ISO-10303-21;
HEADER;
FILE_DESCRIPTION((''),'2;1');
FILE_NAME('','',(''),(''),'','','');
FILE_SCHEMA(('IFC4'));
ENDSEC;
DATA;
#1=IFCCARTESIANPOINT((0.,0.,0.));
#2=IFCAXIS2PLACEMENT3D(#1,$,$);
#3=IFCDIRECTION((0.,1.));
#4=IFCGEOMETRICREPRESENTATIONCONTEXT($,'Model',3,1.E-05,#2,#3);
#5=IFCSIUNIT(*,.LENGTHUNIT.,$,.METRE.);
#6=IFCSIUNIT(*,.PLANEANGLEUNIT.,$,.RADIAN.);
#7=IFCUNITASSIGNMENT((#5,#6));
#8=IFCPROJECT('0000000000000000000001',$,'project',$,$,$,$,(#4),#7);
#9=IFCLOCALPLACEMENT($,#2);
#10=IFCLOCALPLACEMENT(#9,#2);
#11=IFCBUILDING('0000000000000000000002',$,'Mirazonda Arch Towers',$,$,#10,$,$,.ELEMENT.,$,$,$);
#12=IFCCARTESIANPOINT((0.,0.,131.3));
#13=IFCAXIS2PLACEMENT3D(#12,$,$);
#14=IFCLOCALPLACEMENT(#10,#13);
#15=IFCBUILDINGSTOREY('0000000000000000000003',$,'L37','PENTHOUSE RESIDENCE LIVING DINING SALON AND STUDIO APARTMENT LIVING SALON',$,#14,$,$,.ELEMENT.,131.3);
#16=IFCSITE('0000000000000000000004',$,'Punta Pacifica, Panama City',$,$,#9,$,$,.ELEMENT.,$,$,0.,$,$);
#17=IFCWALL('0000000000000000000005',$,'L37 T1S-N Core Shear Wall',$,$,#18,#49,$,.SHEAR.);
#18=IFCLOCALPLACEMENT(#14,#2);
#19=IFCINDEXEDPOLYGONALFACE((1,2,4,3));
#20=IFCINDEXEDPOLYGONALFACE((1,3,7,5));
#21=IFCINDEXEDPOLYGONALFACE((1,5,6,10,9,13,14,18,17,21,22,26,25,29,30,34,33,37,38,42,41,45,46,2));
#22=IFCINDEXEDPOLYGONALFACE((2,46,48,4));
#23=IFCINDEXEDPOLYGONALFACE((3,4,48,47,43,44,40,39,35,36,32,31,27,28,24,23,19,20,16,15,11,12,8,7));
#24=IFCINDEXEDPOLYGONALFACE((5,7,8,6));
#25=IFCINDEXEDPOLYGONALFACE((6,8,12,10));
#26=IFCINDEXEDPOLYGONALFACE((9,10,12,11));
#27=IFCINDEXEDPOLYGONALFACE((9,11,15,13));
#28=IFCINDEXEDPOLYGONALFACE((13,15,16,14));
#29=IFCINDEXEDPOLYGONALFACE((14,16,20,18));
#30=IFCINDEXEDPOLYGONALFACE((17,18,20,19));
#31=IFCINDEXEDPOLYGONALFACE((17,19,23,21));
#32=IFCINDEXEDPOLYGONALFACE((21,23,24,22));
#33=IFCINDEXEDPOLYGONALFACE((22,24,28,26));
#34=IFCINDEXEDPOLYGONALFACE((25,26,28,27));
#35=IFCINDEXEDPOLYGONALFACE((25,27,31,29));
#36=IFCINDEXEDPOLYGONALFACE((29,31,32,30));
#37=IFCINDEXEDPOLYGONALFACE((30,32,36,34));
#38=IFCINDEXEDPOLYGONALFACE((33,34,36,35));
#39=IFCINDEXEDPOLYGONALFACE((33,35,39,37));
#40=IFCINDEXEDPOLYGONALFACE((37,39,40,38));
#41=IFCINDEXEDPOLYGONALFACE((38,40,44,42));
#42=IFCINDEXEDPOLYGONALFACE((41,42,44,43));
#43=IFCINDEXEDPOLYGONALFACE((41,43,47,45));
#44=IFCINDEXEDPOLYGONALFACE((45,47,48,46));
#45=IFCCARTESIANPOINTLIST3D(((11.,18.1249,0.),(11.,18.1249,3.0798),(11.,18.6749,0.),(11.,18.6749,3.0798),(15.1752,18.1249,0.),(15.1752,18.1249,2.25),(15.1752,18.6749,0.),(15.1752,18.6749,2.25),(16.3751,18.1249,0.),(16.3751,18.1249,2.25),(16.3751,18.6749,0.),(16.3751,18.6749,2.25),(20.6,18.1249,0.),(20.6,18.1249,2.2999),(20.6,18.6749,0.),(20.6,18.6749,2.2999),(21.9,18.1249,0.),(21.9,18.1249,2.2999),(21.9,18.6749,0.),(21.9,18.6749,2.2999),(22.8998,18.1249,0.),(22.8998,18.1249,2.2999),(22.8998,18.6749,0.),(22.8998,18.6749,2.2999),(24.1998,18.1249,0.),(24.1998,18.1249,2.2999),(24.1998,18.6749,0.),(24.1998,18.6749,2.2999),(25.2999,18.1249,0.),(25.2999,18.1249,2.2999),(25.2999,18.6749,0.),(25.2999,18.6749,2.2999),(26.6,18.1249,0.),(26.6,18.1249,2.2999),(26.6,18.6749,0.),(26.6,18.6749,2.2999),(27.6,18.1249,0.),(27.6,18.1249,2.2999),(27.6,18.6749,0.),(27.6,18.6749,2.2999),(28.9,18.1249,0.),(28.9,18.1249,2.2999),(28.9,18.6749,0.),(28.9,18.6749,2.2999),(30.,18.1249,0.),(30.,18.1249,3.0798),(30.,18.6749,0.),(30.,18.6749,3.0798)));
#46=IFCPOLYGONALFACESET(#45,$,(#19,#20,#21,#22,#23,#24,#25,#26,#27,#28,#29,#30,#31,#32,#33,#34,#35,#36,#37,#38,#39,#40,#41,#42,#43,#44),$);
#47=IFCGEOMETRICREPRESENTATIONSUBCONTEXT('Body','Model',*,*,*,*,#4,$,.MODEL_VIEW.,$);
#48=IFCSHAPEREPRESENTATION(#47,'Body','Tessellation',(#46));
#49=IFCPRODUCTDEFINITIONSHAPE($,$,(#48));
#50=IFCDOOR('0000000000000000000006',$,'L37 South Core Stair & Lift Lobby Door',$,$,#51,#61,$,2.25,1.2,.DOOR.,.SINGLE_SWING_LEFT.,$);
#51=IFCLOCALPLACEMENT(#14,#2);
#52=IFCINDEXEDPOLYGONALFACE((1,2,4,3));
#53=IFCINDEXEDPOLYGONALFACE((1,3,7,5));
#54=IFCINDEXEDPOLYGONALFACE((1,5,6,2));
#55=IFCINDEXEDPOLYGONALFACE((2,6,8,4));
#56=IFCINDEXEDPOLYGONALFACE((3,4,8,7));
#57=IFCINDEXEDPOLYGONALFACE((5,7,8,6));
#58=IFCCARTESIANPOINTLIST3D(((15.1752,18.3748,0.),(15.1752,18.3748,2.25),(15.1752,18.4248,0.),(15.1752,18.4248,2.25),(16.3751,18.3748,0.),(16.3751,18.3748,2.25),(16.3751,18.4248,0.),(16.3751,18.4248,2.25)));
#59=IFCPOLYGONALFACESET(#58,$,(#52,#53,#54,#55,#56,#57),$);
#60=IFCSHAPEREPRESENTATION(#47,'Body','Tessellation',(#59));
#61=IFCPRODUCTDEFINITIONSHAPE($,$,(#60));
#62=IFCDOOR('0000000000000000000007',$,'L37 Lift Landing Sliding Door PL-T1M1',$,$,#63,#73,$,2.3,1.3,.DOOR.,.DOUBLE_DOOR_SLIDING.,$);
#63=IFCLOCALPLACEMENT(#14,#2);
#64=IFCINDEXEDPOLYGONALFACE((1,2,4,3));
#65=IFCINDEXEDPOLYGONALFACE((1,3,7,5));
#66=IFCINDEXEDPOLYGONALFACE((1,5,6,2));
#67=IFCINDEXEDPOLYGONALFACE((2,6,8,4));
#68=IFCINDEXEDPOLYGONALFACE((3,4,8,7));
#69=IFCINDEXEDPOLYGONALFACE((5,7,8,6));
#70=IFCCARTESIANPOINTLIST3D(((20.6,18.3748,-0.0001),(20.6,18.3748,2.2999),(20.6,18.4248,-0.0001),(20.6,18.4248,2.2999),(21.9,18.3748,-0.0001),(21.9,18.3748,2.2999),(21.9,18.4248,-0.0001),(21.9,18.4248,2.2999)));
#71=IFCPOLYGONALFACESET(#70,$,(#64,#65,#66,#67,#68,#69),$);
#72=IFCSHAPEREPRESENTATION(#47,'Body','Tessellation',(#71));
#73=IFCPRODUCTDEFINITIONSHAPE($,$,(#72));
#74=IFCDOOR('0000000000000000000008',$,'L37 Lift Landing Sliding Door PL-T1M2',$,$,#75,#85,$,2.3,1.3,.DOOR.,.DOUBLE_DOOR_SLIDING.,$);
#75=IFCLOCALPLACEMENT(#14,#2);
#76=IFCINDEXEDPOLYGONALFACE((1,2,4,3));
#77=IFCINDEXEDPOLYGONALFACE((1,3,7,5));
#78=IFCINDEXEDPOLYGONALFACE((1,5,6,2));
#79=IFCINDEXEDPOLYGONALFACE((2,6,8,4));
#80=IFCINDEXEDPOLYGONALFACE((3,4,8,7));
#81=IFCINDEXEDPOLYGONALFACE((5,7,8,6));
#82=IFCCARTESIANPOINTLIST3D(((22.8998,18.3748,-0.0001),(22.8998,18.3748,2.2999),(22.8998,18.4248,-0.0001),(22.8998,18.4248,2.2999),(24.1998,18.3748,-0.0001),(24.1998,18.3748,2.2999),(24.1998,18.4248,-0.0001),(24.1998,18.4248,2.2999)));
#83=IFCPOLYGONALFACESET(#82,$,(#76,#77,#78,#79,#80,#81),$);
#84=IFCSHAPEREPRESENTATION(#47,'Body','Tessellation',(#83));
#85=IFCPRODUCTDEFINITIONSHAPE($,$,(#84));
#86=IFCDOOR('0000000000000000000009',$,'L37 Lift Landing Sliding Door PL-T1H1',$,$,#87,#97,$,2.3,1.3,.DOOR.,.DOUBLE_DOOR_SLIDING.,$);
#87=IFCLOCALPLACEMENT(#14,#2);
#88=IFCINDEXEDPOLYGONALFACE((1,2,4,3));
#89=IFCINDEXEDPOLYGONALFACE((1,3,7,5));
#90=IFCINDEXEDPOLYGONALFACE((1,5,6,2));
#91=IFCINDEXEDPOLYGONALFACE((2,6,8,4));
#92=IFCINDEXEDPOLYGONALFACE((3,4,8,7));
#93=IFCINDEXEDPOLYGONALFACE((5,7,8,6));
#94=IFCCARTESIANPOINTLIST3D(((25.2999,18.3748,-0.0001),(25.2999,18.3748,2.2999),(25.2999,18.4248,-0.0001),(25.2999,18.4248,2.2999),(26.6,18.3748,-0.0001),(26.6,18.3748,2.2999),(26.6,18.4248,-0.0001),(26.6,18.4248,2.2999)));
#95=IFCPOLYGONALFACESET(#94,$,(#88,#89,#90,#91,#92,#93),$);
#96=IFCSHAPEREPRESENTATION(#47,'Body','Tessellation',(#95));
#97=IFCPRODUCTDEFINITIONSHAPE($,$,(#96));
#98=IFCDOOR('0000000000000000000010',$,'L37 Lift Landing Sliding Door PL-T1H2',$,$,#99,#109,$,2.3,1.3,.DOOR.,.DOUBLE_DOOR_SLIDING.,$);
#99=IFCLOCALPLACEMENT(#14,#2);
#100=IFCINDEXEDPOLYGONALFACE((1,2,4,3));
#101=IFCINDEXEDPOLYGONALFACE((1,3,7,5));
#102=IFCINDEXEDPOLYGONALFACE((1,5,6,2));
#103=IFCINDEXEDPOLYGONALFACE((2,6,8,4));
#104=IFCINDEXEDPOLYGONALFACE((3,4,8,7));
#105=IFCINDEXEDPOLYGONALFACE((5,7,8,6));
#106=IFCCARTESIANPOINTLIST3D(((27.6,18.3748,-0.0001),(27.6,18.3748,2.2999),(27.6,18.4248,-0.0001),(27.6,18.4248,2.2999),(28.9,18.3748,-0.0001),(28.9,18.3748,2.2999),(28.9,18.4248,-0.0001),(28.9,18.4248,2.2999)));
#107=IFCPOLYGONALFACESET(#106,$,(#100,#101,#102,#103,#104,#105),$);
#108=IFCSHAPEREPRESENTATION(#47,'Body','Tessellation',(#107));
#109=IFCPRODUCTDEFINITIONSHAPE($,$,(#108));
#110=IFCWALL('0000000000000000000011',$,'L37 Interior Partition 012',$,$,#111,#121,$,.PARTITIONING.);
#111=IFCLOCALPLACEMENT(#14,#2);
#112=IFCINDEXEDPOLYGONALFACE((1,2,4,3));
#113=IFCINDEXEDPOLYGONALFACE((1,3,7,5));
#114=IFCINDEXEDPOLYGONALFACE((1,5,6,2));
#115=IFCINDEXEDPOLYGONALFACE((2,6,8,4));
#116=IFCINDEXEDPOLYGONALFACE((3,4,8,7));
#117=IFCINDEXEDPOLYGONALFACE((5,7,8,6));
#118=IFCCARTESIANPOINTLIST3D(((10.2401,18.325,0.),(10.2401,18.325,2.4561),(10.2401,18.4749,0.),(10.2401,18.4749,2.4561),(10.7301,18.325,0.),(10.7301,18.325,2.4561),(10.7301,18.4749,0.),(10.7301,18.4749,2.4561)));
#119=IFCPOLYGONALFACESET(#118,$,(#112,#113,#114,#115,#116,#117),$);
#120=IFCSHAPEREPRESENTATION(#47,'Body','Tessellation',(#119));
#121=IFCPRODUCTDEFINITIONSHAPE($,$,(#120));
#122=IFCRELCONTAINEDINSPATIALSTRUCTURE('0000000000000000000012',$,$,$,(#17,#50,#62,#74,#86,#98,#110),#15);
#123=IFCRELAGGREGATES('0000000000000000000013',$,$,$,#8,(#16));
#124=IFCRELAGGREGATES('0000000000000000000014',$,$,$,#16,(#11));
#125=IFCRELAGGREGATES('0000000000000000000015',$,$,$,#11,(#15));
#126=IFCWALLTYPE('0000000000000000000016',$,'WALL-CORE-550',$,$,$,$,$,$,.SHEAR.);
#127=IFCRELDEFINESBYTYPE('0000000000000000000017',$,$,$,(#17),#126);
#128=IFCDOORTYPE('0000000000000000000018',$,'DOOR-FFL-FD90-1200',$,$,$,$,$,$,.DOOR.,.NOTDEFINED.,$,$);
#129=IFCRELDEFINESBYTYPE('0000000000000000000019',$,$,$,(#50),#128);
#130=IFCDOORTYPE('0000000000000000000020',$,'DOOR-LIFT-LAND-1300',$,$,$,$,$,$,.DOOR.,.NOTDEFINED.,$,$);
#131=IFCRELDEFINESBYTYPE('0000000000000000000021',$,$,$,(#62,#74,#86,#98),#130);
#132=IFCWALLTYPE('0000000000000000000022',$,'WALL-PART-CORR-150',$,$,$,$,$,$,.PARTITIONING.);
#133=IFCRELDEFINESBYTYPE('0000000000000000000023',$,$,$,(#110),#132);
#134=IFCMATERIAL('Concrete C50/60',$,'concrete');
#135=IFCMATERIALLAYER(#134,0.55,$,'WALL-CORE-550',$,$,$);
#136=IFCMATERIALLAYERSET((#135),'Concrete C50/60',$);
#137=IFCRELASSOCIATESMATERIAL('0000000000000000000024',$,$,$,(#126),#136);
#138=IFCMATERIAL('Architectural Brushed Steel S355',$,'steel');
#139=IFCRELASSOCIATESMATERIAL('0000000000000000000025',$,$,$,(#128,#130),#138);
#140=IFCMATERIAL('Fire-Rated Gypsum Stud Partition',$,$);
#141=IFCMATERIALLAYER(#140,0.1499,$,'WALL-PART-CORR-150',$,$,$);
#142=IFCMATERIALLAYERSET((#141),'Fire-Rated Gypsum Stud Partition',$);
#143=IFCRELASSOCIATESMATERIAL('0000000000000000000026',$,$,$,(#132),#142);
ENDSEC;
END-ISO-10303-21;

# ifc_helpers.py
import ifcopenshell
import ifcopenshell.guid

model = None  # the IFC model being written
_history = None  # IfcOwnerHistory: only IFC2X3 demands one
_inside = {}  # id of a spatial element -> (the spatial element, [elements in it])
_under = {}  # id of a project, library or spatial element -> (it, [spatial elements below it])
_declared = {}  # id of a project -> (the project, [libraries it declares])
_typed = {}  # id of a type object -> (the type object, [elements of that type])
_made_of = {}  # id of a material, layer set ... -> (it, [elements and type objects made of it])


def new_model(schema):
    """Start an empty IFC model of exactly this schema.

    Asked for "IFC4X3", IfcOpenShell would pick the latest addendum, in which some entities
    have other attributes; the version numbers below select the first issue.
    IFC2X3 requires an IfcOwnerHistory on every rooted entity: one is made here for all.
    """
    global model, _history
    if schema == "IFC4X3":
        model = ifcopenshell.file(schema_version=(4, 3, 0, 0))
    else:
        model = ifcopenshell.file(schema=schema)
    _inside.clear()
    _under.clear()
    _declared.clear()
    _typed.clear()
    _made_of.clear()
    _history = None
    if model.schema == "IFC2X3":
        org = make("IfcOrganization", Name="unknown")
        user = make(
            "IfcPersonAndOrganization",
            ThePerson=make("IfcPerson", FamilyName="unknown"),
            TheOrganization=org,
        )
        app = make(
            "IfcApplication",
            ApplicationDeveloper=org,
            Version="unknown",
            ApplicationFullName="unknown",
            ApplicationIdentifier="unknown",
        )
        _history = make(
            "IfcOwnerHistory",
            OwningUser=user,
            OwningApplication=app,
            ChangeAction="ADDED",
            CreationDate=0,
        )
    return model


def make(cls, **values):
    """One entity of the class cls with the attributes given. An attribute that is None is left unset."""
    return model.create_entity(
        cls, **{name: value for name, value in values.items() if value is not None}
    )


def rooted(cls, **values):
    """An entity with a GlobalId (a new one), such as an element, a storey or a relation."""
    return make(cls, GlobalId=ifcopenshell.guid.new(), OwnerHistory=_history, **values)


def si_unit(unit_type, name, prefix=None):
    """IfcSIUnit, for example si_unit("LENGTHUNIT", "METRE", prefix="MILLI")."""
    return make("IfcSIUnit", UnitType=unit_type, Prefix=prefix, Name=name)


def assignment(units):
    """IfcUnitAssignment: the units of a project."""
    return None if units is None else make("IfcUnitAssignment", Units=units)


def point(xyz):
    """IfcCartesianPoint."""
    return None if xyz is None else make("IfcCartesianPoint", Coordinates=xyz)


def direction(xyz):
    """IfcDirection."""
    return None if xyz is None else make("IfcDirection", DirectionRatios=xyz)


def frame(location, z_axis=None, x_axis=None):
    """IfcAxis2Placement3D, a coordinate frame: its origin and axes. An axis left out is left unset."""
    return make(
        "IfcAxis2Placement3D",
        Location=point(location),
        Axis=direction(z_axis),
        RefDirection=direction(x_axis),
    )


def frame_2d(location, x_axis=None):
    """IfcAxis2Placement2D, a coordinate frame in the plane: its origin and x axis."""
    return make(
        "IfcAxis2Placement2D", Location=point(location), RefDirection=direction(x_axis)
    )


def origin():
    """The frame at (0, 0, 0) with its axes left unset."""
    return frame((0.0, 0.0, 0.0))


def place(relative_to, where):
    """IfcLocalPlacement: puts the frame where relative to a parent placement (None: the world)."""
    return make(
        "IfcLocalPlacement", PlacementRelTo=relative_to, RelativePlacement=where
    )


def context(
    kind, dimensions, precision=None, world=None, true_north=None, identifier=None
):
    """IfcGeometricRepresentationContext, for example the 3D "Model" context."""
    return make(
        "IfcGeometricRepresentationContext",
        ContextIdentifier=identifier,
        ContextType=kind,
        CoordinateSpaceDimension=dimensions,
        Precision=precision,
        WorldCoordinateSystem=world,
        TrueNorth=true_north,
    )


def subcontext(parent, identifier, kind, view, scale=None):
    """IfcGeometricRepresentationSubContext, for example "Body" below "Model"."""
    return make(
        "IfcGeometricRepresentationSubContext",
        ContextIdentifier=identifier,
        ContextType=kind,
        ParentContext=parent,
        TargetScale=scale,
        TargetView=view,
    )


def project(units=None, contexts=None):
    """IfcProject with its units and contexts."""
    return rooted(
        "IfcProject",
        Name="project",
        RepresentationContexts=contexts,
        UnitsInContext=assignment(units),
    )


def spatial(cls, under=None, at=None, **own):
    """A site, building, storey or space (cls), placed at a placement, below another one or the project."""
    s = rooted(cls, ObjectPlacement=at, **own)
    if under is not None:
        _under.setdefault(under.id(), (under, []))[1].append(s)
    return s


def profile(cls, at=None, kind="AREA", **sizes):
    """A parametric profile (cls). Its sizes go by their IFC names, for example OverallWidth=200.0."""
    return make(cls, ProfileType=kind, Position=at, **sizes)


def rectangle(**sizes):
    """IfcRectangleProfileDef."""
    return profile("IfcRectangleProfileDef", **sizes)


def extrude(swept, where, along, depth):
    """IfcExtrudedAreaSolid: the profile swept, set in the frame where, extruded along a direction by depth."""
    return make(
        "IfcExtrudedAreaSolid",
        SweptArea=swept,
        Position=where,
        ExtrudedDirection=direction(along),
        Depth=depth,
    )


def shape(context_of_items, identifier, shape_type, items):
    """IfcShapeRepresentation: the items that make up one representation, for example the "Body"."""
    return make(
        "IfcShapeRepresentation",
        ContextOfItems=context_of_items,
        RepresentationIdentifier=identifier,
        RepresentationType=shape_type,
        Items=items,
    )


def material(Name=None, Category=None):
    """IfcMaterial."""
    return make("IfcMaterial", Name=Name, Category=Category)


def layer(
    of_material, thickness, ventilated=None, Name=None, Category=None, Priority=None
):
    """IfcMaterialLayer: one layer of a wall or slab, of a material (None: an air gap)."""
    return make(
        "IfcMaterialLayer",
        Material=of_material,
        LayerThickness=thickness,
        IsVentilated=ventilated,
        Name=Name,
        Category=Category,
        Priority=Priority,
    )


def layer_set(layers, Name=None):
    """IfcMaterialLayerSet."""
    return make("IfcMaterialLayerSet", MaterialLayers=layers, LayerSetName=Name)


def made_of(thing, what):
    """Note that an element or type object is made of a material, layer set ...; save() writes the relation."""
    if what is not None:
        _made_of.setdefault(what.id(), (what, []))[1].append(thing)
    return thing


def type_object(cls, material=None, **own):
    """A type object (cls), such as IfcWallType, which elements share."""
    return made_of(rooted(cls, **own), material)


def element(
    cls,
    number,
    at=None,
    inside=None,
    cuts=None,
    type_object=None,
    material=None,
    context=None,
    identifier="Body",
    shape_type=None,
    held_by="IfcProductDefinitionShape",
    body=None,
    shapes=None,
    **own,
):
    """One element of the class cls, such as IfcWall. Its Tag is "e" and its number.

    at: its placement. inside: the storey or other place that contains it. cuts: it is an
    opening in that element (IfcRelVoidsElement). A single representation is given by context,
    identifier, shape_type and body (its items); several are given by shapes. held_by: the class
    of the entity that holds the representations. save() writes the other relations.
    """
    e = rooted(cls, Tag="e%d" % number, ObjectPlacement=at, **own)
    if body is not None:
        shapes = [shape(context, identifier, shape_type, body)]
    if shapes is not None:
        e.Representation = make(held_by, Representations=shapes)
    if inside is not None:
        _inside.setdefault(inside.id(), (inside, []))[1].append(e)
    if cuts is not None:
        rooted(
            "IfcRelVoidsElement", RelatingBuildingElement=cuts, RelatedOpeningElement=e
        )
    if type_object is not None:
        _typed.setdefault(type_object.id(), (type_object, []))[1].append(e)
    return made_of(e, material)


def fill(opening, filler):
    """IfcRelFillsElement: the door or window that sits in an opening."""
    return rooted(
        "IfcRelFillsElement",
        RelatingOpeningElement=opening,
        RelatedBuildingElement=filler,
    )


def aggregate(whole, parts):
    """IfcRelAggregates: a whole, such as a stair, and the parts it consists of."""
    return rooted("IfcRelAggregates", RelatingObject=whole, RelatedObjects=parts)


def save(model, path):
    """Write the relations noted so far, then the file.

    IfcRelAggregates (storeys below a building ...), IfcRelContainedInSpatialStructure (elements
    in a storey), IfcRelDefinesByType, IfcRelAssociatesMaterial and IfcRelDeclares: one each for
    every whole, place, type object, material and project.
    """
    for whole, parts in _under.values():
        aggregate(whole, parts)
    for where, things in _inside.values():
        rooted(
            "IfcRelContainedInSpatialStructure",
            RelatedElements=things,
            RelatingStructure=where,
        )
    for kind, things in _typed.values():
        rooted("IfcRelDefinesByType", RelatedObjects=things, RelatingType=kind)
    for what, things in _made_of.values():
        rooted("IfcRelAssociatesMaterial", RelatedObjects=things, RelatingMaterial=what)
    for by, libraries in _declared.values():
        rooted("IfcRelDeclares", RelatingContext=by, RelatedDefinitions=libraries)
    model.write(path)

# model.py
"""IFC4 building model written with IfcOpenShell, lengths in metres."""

from ifc_helpers import new_model, si_unit, direction, frame, frame_2d, origin, place, context, subcontext, project, spatial, rectangle, extrude, material, layer, layer_set, type_object, element, fill, save


model = new_model("IFC4")

# Units and contexts
model_context = context("Model", 3, precision=1e-05, world=origin(), true_north=direction((0.0, 1.0)))
body_context = subcontext(model_context, "Body", "Model", "MODEL_VIEW")
ifc_project = project(units=[si_unit("LENGTHUNIT", "METRE"), si_unit("PLANEANGLEUNIT", "RADIAN")], contexts=[model_context])

# Site, building, storey
site_placement = place(None, origin())
site = spatial("IfcSite", under=ifc_project, at=site_placement, Name="Punta Pacifica, Panama City", CompositionType="ELEMENT", RefElevation=0.0)
building_placement = place(site_placement, origin())
building = spatial("IfcBuilding", under=site, at=building_placement, Name="Mirazonda Arch Towers", CompositionType="ELEMENT")
storey_placement = place(building_placement, frame((0.0, 0.0, 131.3)))
storey = spatial("IfcBuildingStorey", under=building, at=storey_placement, Name="L37", Description="PENTHOUSE RESIDENCE LIVING DINING SALON AND STUDIO APARTMENT LIVING SALON", CompositionType="ELEMENT", Elevation=131.3)

# Shared definitions
ifc_material_1 = material(Name="Concrete C50/60", Category="concrete")

# Shared definitions
ifc_material_2 = material(Name="Architectural Brushed Steel S355", Category="steel")

# Wall, openings, doors
ifc_layer_1 = layer(ifc_material_1, 0.55, Name="WALL-CORE-550")
ifc_layer_set_1 = layer_set([ifc_layer_1], Name="Concrete C50/60")
wall_type_1 = type_object("IfcWallType", Name="WALL-CORE-550", PredefinedType="SHEAR", material=ifc_layer_set_1)
wall_1_placement = place(storey_placement, frame((11.0, 18.3999, 0.0), z_axis=(0.0, 0.0, 1.0), x_axis=(1.0, 0.0, 0.0)))
wall_1 = element("IfcWall", 1, at=wall_1_placement, inside=storey, type_object=wall_type_1, Name="L37 T1S-N Core Shear Wall", PredefinedType="SHEAR", context=body_context, shape_type="SweptSolid", body=[
    extrude(rectangle(XDim=19.0, YDim=0.55, at=frame_2d((9.5, 0.0))), origin(), (0.0, 0.0, 1.0), 3.0798),
])
opening_1_placement = place(wall_1_placement, frame((4.175, 0.0, 0.0)))
opening_1 = element("IfcOpeningElement", 2, at=opening_1_placement, cuts=wall_1, PredefinedType="OPENING", context=body_context, shape_type="SweptSolid", body=[
    extrude(rectangle(XDim=1.2, YDim=2.25, at=frame_2d((0.6001, 1.125))), frame((0.0, 0.2849, 0.0), z_axis=(0.0, -1.0, 0.0), x_axis=(1.0, 0.0, 0.0)), (0.0, 0.0, 1.0), 0.5701),
])
opening_2_placement = place(wall_1_placement, frame((9.6001, 0.0, 0.0)))
opening_2 = element("IfcOpeningElement", 3, at=opening_2_placement, cuts=wall_1, PredefinedType="OPENING", context=body_context, shape_type="SweptSolid", body=[
    extrude(rectangle(XDim=1.3, YDim=2.3, at=frame_2d((0.6499, 1.1499))), frame((0.0, 0.2849, 0.0), z_axis=(0.0, -1.0, 0.0), x_axis=(1.0, 0.0, 0.0)), (0.0, 0.0, 1.0), 0.5701),
])
opening_3_placement = place(wall_1_placement, frame((11.8999, 0.0, 0.0)))
opening_3 = element("IfcOpeningElement", 4, at=opening_3_placement, cuts=wall_1, PredefinedType="OPENING", context=body_context, shape_type="SweptSolid", body=[
    extrude(rectangle(XDim=1.3, YDim=2.3, at=frame_2d((0.6499, 1.1499))), frame((0.0, 0.2849, 0.0), z_axis=(0.0, -1.0, 0.0), x_axis=(1.0, 0.0, 0.0)), (0.0, 0.0, 1.0), 0.5701),
])
opening_4_placement = place(wall_1_placement, frame((14.3, 0.0, 0.0)))
opening_4 = element("IfcOpeningElement", 5, at=opening_4_placement, cuts=wall_1, PredefinedType="OPENING", context=body_context, shape_type="SweptSolid", body=[
    extrude(rectangle(XDim=1.3, YDim=2.3, at=frame_2d((0.6499, 1.1499))), frame((0.0, 0.2849, 0.0), z_axis=(0.0, -1.0, 0.0), x_axis=(1.0, 0.0, 0.0)), (0.0, 0.0, 1.0), 0.5701),
])
opening_5_placement = place(wall_1_placement, frame((16.6001, 0.0, 0.0)))
opening_5 = element("IfcOpeningElement", 6, at=opening_5_placement, cuts=wall_1, PredefinedType="OPENING", context=body_context, shape_type="SweptSolid", body=[
    extrude(rectangle(XDim=1.3, YDim=2.3, at=frame_2d((0.6499, 1.1499))), frame((0.0, 0.2849, 0.0), z_axis=(0.0, -1.0, 0.0), x_axis=(1.0, 0.0, 0.0)), (0.0, 0.0, 1.0), 0.5701),
])
door_type_1 = type_object("IfcDoorType", Name="DOOR-FFL-FD90-1200", OperationType="NOTDEFINED", PredefinedType="DOOR", material=ifc_material_2)
door_1_placement = place(opening_1_placement, origin())
door_1 = element("IfcDoor", 7, at=door_1_placement, inside=storey, type_object=door_type_1, Name="L37 South Core Stair & Lift Lobby Door", OperationType="SINGLE_SWING_LEFT", OverallHeight=2.25, OverallWidth=1.2, PredefinedType="DOOR", context=body_context, shape_type="SweptSolid", body=[
    extrude(rectangle(XDim=1.2, YDim=2.25, at=frame_2d((0.6001, 1.125))), frame((0.0, 0.0249, 0.0), z_axis=(0.0, -1.0, 0.0), x_axis=(1.0, 0.0, 0.0)), (0.0, 0.0, 1.0), 0.05),
])
fill(opening_1, door_1)
door_type_2 = type_object("IfcDoorType", Name="DOOR-LIFT-LAND-1300", OperationType="NOTDEFINED", PredefinedType="DOOR", material=ifc_material_2)
door_2_placement = place(opening_2_placement, origin())
door_2 = element("IfcDoor", 8, at=door_2_placement, inside=storey, type_object=door_type_2, Name="L37 Lift Landing Sliding Door PL-T1M1", OperationType="DOUBLE_DOOR_SLIDING", OverallHeight=2.3, OverallWidth=1.3, PredefinedType="DOOR", context=body_context, shape_type="SweptSolid", body=[
    extrude(rectangle(XDim=1.3, YDim=2.3, at=frame_2d((0.6499, 1.1499))), frame((0.0, 0.0249, 0.0), z_axis=(0.0, -1.0, 0.0), x_axis=(1.0, 0.0, 0.0)), (0.0, 0.0, 1.0), 0.05),
])
fill(opening_2, door_2)
door_3_placement = place(opening_3_placement, origin())
door_3 = element("IfcDoor", 9, at=door_3_placement, inside=storey, type_object=door_type_2, Name="L37 Lift Landing Sliding Door PL-T1M2", OperationType="DOUBLE_DOOR_SLIDING", OverallHeight=2.3, OverallWidth=1.3, PredefinedType="DOOR", context=body_context, shape_type="SweptSolid", body=[
    extrude(rectangle(XDim=1.3, YDim=2.3, at=frame_2d((0.6499, 1.1499))), frame((0.0, 0.0249, 0.0), z_axis=(0.0, -1.0, 0.0), x_axis=(1.0, 0.0, 0.0)), (0.0, 0.0, 1.0), 0.05),
])
fill(opening_3, door_3)
door_4_placement = place(opening_4_placement, origin())
door_4 = element("IfcDoor", 10, at=door_4_placement, inside=storey, type_object=door_type_2, Name="L37 Lift Landing Sliding Door PL-T1H1", OperationType="DOUBLE_DOOR_SLIDING", OverallHeight=2.3, OverallWidth=1.3, PredefinedType="DOOR", context=body_context, shape_type="SweptSolid", body=[
    extrude(rectangle(XDim=1.3, YDim=2.3, at=frame_2d((0.6499, 1.1499))), frame((0.0, 0.0249, 0.0), z_axis=(0.0, -1.0, 0.0), x_axis=(1.0, 0.0, 0.0)), (0.0, 0.0, 1.0), 0.05),
])
fill(opening_4, door_4)
door_5_placement = place(opening_5_placement, origin())
door_5 = element("IfcDoor", 11, at=door_5_placement, inside=storey, type_object=door_type_2, Name="L37 Lift Landing Sliding Door PL-T1H2", OperationType="DOUBLE_DOOR_SLIDING", OverallHeight=2.3, OverallWidth=1.3, PredefinedType="DOOR", context=body_context, shape_type="SweptSolid", body=[
    extrude(rectangle(XDim=1.3, YDim=2.3, at=frame_2d((0.6499, 1.1499))), frame((0.0, 0.0249, 0.0), z_axis=(0.0, -1.0, 0.0), x_axis=(1.0, 0.0, 0.0)), (0.0, 0.0, 1.0), 0.05),
])
fill(opening_5, door_5)

# Wall
ifc_material_3 = material(Name="Fire-Rated Gypsum Stud Partition")
ifc_layer_2 = layer(ifc_material_3, 0.1499, Name="WALL-PART-CORR-150")
ifc_layer_set_2 = layer_set([ifc_layer_2], Name="Fire-Rated Gypsum Stud Partition")
wall_type_2 = type_object("IfcWallType", Name="WALL-PART-CORR-150", PredefinedType="PARTITIONING", material=ifc_layer_set_2)
wall_2_placement = place(storey_placement, frame((10.24, 18.3999, 0.0), z_axis=(0.0, 0.0, 1.0), x_axis=(1.0, 0.0, 0.0)))
element("IfcWall", 12, at=wall_2_placement, inside=storey, type_object=wall_type_2, Name="L37 Interior Partition 012", PredefinedType="PARTITIONING", context=body_context, shape_type="SweptSolid", body=[
    extrude(rectangle(XDim=0.49, YDim=0.1499, at=frame_2d((0.2451, 0.0))), origin(), (0.0, 0.0, 1.0), 2.4561),
])

save(model, "model.ifc")
